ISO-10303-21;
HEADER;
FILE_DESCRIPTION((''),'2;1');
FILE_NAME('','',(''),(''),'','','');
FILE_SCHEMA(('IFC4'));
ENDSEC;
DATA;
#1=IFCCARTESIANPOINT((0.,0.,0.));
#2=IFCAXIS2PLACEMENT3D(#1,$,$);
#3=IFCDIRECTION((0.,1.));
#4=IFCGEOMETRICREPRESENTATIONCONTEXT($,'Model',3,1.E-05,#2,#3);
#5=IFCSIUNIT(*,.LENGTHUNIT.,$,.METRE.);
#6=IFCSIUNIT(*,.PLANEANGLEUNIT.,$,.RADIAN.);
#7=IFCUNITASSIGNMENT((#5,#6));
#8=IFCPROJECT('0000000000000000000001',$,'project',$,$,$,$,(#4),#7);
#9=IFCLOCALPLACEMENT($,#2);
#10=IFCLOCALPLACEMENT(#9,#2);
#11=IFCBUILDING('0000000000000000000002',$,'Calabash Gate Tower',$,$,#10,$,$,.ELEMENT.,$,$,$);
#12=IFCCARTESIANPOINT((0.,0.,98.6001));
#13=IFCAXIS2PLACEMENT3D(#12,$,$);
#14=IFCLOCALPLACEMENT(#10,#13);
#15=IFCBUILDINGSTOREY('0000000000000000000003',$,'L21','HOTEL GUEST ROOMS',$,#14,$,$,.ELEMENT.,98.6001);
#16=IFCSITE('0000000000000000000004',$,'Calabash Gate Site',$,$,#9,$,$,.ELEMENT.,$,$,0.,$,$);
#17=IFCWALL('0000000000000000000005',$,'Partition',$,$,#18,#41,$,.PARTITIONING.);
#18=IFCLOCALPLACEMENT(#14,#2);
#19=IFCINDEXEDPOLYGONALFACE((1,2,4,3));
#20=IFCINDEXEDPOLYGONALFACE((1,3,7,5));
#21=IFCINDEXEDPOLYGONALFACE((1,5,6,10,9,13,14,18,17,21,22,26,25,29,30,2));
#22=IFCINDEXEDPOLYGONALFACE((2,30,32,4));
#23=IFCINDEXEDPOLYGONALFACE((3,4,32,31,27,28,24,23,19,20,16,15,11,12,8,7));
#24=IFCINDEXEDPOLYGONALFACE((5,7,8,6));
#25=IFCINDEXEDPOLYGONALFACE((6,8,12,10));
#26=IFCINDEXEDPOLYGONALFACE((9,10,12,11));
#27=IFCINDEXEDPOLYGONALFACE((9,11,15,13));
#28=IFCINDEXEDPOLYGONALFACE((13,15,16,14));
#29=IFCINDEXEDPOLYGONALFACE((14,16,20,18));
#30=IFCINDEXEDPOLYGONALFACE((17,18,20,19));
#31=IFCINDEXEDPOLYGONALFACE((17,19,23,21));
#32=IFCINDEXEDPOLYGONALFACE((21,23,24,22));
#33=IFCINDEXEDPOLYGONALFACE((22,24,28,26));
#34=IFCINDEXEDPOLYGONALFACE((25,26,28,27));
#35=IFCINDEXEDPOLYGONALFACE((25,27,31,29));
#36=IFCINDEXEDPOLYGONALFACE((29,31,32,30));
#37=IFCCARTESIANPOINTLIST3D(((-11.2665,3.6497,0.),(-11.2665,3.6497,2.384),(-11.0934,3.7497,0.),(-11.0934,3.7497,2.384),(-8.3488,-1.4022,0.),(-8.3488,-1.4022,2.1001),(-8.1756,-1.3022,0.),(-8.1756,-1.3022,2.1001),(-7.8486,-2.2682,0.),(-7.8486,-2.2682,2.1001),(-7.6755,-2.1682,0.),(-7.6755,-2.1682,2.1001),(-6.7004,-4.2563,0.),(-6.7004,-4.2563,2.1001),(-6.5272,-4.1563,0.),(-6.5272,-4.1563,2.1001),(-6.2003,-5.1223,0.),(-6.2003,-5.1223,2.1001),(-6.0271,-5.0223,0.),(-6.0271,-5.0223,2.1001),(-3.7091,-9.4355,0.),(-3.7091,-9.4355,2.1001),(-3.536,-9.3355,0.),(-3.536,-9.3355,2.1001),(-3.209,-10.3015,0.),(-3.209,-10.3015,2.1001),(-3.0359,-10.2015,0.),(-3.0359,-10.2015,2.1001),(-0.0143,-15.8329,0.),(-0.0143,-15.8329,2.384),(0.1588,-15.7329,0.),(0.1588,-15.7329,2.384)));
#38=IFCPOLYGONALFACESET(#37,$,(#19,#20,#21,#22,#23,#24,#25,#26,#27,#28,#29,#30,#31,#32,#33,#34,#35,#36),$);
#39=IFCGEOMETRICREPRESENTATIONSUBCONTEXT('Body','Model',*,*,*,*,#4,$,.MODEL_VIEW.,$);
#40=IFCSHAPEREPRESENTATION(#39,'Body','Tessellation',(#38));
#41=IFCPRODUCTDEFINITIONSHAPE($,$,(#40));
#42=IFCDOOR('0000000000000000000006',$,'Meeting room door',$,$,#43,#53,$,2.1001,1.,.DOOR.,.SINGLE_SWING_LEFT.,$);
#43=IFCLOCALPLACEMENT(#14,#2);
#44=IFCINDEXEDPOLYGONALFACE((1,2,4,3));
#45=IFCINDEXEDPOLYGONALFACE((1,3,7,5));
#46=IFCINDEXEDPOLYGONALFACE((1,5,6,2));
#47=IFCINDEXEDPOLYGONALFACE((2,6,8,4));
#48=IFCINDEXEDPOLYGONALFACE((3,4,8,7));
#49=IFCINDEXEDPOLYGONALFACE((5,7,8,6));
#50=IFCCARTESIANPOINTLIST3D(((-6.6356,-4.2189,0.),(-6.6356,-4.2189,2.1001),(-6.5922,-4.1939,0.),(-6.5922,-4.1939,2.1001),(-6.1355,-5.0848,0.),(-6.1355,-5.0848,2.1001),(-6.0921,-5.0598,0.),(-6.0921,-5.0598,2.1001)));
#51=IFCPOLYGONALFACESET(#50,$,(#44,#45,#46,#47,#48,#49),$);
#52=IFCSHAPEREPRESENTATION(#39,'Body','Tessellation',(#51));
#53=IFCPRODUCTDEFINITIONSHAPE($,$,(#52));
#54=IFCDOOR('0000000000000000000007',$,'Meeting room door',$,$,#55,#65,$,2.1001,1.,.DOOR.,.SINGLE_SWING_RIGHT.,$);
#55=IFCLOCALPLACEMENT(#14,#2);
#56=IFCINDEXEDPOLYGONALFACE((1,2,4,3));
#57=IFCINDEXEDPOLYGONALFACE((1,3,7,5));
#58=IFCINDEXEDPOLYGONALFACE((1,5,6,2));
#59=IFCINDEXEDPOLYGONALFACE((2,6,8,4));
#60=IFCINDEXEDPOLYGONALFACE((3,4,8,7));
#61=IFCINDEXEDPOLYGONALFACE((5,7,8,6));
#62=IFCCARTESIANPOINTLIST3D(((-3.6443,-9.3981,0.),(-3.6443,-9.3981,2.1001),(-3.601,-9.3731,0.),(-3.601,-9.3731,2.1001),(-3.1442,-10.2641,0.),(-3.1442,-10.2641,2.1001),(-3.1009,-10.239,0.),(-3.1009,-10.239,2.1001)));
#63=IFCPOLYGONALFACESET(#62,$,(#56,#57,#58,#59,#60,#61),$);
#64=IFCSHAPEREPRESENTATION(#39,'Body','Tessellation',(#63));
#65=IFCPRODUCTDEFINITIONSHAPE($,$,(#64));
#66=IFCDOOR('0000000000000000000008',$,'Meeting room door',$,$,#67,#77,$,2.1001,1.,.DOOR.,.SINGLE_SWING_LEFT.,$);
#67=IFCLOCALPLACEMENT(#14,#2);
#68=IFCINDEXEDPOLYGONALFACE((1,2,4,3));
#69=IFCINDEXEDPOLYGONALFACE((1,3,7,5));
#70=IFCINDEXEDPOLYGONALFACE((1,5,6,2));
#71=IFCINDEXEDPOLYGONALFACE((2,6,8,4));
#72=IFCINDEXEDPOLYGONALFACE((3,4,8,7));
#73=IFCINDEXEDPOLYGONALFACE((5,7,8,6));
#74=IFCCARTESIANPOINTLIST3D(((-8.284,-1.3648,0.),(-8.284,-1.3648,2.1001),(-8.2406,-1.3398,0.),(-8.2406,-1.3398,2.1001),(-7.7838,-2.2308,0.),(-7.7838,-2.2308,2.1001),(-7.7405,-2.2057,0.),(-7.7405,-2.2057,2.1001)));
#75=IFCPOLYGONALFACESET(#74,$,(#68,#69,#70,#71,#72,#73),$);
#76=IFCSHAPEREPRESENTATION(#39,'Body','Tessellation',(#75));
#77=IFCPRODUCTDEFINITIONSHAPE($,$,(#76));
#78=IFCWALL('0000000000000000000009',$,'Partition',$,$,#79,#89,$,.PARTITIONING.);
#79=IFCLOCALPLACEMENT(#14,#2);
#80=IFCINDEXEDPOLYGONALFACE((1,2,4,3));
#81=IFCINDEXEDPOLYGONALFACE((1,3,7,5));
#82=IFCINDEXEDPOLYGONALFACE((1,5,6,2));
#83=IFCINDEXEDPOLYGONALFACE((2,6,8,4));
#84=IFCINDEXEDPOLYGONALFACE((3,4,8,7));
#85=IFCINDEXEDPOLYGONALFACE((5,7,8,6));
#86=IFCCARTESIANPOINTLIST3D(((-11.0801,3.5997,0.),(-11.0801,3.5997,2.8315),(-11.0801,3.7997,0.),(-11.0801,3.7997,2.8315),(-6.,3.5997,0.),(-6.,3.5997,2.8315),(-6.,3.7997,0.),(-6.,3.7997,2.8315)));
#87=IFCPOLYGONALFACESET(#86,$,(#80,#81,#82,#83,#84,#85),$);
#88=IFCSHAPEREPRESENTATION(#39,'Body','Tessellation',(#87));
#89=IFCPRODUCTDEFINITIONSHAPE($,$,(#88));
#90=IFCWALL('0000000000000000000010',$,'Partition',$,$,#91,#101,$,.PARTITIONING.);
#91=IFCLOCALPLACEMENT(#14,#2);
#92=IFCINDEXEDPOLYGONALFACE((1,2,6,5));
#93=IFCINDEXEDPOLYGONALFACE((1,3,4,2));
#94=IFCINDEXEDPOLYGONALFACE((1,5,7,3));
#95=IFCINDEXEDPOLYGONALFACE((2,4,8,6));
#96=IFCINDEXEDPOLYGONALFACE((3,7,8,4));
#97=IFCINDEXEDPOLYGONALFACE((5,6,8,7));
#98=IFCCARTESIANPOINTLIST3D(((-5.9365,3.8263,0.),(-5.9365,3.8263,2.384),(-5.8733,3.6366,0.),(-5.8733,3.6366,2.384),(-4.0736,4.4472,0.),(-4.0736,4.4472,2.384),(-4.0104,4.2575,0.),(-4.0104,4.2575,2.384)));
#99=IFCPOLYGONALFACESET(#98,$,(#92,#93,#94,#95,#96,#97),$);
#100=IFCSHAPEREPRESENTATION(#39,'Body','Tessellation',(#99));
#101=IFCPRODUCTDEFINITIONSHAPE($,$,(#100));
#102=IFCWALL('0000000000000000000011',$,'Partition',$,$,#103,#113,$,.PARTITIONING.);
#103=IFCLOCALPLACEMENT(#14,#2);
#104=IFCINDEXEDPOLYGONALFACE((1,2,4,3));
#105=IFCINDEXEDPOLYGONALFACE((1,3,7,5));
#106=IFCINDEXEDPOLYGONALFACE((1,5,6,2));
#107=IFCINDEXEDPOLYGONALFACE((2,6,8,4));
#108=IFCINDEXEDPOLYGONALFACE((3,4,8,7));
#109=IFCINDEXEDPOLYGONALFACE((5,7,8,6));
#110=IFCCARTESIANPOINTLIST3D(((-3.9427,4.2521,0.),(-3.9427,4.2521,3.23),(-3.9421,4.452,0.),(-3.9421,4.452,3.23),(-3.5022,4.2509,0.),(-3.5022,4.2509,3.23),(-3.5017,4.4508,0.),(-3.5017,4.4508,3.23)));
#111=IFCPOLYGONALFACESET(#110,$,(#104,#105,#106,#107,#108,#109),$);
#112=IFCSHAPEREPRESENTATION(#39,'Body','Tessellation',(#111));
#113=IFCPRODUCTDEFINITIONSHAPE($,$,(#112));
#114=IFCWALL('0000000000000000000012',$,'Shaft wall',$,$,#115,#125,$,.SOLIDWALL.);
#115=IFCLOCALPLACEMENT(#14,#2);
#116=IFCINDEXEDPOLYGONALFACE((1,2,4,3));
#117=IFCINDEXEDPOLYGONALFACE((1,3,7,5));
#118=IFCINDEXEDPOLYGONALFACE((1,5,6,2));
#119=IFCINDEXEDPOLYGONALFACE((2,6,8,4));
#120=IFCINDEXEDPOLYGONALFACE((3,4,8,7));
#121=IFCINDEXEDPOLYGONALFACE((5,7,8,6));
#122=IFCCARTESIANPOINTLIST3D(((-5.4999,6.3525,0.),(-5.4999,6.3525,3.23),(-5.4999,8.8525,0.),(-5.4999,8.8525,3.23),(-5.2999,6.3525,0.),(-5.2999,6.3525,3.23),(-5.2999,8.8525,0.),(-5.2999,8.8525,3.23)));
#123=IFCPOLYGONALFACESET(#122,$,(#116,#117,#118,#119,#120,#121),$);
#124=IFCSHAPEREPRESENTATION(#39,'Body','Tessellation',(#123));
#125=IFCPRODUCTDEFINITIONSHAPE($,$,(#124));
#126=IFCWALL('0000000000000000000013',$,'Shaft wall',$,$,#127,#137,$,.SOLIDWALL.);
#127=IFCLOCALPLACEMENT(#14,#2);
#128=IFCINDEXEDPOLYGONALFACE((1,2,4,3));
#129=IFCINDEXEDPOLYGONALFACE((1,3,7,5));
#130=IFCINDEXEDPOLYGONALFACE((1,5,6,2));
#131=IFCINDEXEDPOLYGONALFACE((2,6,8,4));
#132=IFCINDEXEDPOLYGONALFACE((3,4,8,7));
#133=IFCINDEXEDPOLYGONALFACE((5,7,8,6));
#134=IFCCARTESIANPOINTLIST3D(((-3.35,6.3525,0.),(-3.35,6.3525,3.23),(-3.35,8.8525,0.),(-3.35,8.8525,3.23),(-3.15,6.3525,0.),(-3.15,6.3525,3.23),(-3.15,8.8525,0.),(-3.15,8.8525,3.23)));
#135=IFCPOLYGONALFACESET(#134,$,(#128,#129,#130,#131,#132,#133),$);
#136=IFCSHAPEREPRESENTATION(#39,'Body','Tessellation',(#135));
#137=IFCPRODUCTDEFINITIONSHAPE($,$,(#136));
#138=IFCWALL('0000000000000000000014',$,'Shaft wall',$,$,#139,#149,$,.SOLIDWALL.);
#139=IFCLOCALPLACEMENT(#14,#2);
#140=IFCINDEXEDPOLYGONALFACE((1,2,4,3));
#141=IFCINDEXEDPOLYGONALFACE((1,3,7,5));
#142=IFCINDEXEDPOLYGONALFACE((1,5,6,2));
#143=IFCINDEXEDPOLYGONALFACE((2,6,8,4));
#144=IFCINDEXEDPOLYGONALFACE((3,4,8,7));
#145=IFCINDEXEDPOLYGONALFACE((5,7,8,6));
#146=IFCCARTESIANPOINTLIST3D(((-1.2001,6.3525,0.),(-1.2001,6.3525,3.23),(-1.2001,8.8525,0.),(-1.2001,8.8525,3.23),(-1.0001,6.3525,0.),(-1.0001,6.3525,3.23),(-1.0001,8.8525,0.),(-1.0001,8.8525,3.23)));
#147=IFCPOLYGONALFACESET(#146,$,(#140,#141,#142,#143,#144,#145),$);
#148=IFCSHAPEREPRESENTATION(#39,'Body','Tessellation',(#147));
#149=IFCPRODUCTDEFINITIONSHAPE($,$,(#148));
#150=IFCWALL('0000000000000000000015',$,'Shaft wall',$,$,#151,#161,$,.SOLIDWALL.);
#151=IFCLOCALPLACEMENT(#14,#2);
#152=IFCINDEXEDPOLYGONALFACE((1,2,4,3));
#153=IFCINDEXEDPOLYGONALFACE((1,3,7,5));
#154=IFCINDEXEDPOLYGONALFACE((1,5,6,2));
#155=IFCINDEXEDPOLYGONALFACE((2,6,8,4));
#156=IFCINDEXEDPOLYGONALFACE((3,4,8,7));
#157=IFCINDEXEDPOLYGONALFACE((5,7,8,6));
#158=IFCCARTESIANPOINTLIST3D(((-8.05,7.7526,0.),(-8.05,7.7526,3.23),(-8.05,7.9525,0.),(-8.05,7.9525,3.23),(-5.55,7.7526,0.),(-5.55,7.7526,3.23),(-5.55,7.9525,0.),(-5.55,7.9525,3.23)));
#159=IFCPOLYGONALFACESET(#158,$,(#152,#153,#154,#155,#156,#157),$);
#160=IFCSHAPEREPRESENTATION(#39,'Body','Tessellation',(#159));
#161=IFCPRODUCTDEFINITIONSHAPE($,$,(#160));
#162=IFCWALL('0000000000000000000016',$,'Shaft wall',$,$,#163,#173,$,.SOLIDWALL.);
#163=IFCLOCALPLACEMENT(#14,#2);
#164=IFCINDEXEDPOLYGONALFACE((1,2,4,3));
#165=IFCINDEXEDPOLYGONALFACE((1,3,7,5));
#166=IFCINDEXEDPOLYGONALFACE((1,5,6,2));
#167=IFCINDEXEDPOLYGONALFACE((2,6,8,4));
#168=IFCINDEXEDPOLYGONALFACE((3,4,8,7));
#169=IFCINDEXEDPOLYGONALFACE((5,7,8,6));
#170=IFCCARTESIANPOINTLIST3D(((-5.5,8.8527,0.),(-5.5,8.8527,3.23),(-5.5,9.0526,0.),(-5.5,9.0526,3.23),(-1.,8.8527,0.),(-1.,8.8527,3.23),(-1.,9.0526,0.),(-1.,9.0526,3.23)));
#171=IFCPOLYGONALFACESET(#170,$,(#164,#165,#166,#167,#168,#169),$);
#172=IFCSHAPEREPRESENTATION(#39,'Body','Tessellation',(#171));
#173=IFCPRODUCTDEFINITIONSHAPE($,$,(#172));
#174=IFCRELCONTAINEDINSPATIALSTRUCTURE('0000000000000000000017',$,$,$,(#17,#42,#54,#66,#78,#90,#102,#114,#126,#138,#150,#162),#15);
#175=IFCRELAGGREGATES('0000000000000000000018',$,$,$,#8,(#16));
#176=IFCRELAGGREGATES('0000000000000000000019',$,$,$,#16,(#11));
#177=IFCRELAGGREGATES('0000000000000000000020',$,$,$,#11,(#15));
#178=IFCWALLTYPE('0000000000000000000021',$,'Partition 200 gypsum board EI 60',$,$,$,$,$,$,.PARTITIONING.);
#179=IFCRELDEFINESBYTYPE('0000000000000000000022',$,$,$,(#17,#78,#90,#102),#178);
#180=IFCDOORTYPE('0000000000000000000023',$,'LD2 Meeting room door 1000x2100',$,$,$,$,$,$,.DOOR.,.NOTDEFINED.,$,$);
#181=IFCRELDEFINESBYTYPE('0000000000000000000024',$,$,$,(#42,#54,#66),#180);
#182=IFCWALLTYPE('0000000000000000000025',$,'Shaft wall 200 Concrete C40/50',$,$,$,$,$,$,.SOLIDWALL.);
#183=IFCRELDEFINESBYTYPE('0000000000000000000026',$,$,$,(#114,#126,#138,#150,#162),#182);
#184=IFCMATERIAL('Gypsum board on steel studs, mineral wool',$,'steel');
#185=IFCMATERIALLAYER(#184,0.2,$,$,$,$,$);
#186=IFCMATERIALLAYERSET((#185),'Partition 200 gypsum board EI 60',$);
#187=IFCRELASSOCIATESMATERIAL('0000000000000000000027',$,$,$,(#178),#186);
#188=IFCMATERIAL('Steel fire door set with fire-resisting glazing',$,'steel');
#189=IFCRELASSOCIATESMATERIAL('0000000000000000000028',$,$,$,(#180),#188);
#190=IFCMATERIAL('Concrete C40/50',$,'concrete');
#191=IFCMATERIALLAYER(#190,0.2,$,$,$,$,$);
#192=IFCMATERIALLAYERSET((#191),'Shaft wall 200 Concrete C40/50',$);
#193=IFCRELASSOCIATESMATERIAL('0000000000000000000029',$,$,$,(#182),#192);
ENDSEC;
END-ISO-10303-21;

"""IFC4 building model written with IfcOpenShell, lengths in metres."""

from ifc_helpers import new_model, si_unit, direction, frame, frame_2d, origin, place, context, subcontext, project, spatial, rectangle, extrude, material, layer, layer_set, type_object, element, fill, save


model = new_model("IFC4")

# Units and contexts
model_context = context("Model", 3, precision=1e-05, world=origin(), true_north=direction((0.0, 1.0)))
body_context = subcontext(model_context, "Body", "Model", "MODEL_VIEW")
ifc_project = project(units=[si_unit("LENGTHUNIT", "METRE"), si_unit("PLANEANGLEUNIT", "RADIAN")], contexts=[model_context])

# Site, building, storey
site_placement = place(None, origin())
site = spatial("IfcSite", under=ifc_project, at=site_placement, Name="Calabash Gate Site", CompositionType="ELEMENT", RefElevation=0.0)
building_placement = place(site_placement, origin())
building = spatial("IfcBuilding", under=site, at=building_placement, Name="Calabash Gate Tower", CompositionType="ELEMENT")
storey_placement = place(building_placement, frame((0.0, 0.0, 98.6001)))
storey = spatial("IfcBuildingStorey", under=building, at=storey_placement, Name="L21", Description="HOTEL GUEST ROOMS", CompositionType="ELEMENT", Elevation=98.6001)

# Shared definitions
ifc_material_1 = material(Name="Gypsum board on steel studs, mineral wool", Category="steel")
ifc_layer_1 = layer(ifc_material_1, 0.2)
ifc_layer_set_1 = layer_set([ifc_layer_1], Name="Partition 200 gypsum board EI 60")
wall_type_1 = type_object("IfcWallType", Name="Partition 200 gypsum board EI 60", PredefinedType="PARTITIONING", material=ifc_layer_set_1)

# Wall, openings, doors
wall_1_placement = place(storey_placement, frame((-11.1799, 3.6997, 0.0), z_axis=(0.0, 0.0, 1.0), x_axis=(0.500129, -0.865951, 0.0)))
wall_1 = element("IfcWall", 1, at=wall_1_placement, inside=storey, type_object=wall_type_1, Name="Partition", PredefinedType="PARTITIONING", context=body_context, shape_type="SweptSolid", body=[
    extrude(rectangle(XDim=22.4985, YDim=0.2, at=frame_2d((11.2493, 0.0))), origin(), (0.0, 0.0, 1.0), 2.384),
])
opening_1_placement = place(wall_1_placement, frame((9.1299, 0.0, 0.0)))
opening_1 = element("IfcOpeningElement", 2, at=opening_1_placement, cuts=wall_1, PredefinedType="OPENING", context=body_context, shape_type="SweptSolid", body=[
    extrude(rectangle(XDim=1.0, YDim=2.1001, at=frame_2d((0.5, 1.05))), frame((0.0, 0.1099, 0.0), z_axis=(0.0, -1.0, 0.0), x_axis=(1.0, 0.0, 0.0)), (0.0, 0.0, 1.0), 0.22),
])
opening_2_placement = place(wall_1_placement, frame((15.1108, 0.0, 0.0)))
opening_2 = element("IfcOpeningElement", 3, at=opening_2_placement, cuts=wall_1, PredefinedType="OPENING", context=body_context, shape_type="SweptSolid", body=[
    extrude(rectangle(XDim=1.0, YDim=2.1001, at=frame_2d((0.5, 1.05))), frame((0.0, 0.1099, 0.0), z_axis=(0.0, -1.0, 0.0), x_axis=(1.0, 0.0, 0.0)), (0.0, 0.0, 1.0), 0.22),
])
opening_3_placement = place(wall_1_placement, frame((5.834, 0.0, 0.0)))
opening_3 = element("IfcOpeningElement", 4, at=opening_3_placement, cuts=wall_1, PredefinedType="OPENING", context=body_context, shape_type="SweptSolid", body=[
    extrude(rectangle(XDim=1.0, YDim=2.1001, at=frame_2d((0.5, 1.05))), frame((0.0, 0.1099, 0.0), z_axis=(0.0, -1.0, 0.0), x_axis=(1.0, 0.0, 0.0)), (0.0, 0.0, 1.0), 0.22),
])
ifc_material_2 = material(Name="Steel fire door set with fire-resisting glazing", Category="steel")
door_type_1 = type_object("IfcDoorType", Name="LD2 Meeting room door 1000x2100", OperationType="NOTDEFINED", PredefinedType="DOOR", material=ifc_material_2)
door_1_placement = place(opening_1_placement, origin())
door_1 = element("IfcDoor", 5, at=door_1_placement, inside=storey, type_object=door_type_1, Name="Meeting room door", OperationType="SINGLE_SWING_LEFT", OverallHeight=2.1001, OverallWidth=1.0, PredefinedType="DOOR", context=body_context, shape_type="SweptSolid", body=[
    extrude(rectangle(XDim=1.0, YDim=2.1001, at=frame_2d((0.5, 1.05))), frame((0.0, 0.0249, 0.0), z_axis=(0.0, -1.0, 0.0), x_axis=(1.0, 0.0, 0.0)), (0.0, 0.0, 1.0), 0.05),
])
fill(opening_1, door_1)
door_2_placement = place(opening_2_placement, origin())
door_2 = element("IfcDoor", 6, at=door_2_placement, inside=storey, type_object=door_type_1, Name="Meeting room door", OperationType="SINGLE_SWING_RIGHT", OverallHeight=2.1001, OverallWidth=1.0, PredefinedType="DOOR", context=body_context, shape_type="SweptSolid", body=[
    extrude(rectangle(XDim=1.0, YDim=2.1001, at=frame_2d((0.5, 1.05))), frame((0.0, 0.0249, 0.0), z_axis=(0.0, -1.0, 0.0), x_axis=(1.0, 0.0, 0.0)), (0.0, 0.0, 1.0), 0.05),
])
fill(opening_2, door_2)
door_3_placement = place(opening_3_placement, origin())
door_3 = element("IfcDoor", 7, at=door_3_placement, inside=storey, type_object=door_type_1, Name="Meeting room door", OperationType="SINGLE_SWING_LEFT", OverallHeight=2.1001, OverallWidth=1.0, PredefinedType="DOOR", context=body_context, shape_type="SweptSolid", body=[
    extrude(rectangle(XDim=1.0, YDim=2.1001, at=frame_2d((0.5, 1.05))), frame((0.0, 0.0249, 0.0), z_axis=(0.0, -1.0, 0.0), x_axis=(1.0, 0.0, 0.0)), (0.0, 0.0, 1.0), 0.05),
])
fill(opening_3, door_3)

# Walls
wall_2_placement = place(storey_placement, frame((-11.0801, 3.6997, 0.0), z_axis=(0.0, 0.0, 1.0), x_axis=(1.0, 0.0, 0.0)))
element("IfcWall", 8, at=wall_2_placement, inside=storey, type_object=wall_type_1, Name="Partition", PredefinedType="PARTITIONING", context=body_context, shape_type="SweptSolid", body=[
    extrude(rectangle(XDim=5.0801, YDim=0.2, at=frame_2d((2.54, 0.0))), origin(), (0.0, 0.0, 1.0), 2.8315),
])
wall_3_placement = place(storey_placement, frame((-5.905, 3.7314, 0.0), z_axis=(0.0, 0.0, 1.0), x_axis=(0.948696, 0.31619, 0.0)))
element("IfcWall", 9, at=wall_3_placement, inside=storey, type_object=wall_type_1, Name="Partition", PredefinedType="PARTITIONING", context=body_context, shape_type="SweptSolid", body=[
    extrude(rectangle(XDim=1.9636, YDim=0.2, at=frame_2d((0.9819, 0.0))), origin(), (0.0, 0.0, 1.0), 2.384),
])
wall_4_placement = place(storey_placement, frame((-3.9424, 4.3521, 0.0), z_axis=(0.0, 0.0, 1.0), x_axis=(0.999996, -0.002772, 0.0)))
element("IfcWall", 10, at=wall_4_placement, inside=storey, type_object=wall_type_1, Name="Partition", PredefinedType="PARTITIONING", context=body_context, shape_type="SweptSolid", body=[
    extrude(rectangle(XDim=0.4404, YDim=0.2, at=frame_2d((0.2202, 0.0))), origin(), (0.0, 0.0, 1.0), 3.23),
])
ifc_material_3 = material(Name="Concrete C40/50", Category="concrete")
ifc_layer_2 = layer(ifc_material_3, 0.2)
ifc_layer_set_2 = layer_set([ifc_layer_2], Name="Shaft wall 200 Concrete C40/50")
wall_type_2 = type_object("IfcWallType", Name="Shaft wall 200 Concrete C40/50", PredefinedType="SOLIDWALL", material=ifc_layer_set_2)
for number, where, z_axis, x_axis, name in (
    (11, (-5.3999, 6.3525, 0.0), (0.0, 0.0, 1.0), (0.0, 1.0, 0.0), "Shaft wall"),
    (12, (-3.25, 6.3525, 0.0), (0.0, 0.0, 1.0), (0.0, 1.0, 0.0), "Shaft wall"),
    (13, (-1.1001, 6.3525, 0.0), (0.0, 0.0, 1.0), (0.0, 1.0, 0.0), "Shaft wall"),
    (14, (-8.05, 7.8525, 0.0), (0.0, 0.0, 1.0), (1.0, 0.0, 0.0), "Shaft wall"),
):
    element("IfcWall", number, at=place(storey_placement, frame(where, z_axis=z_axis, x_axis=x_axis)), inside=storey, type_object=wall_type_2, Name=name, PredefinedType="SOLIDWALL", context=body_context, shape_type="SweptSolid", body=[
        extrude(rectangle(XDim=2.5, YDim=0.2, at=frame_2d((1.25, 0.0))), origin(), (0.0, 0.0, 1.0), 3.23),
    ])
wall_5_placement = place(storey_placement, frame((-5.5, 8.9526, 0.0), z_axis=(0.0, 0.0, 1.0), x_axis=(1.0, 0.0, 0.0)))
element("IfcWall", 15, at=wall_5_placement, inside=storey, type_object=wall_type_2, Name="Shaft wall", PredefinedType="SOLIDWALL", context=body_context, shape_type="SweptSolid", body=[
    extrude(rectangle(XDim=4.5, YDim=0.2, at=frame_2d((2.25, 0.0))), origin(), (0.0, 0.0, 1.0), 3.23),
])

save(model, "model.ifc")
